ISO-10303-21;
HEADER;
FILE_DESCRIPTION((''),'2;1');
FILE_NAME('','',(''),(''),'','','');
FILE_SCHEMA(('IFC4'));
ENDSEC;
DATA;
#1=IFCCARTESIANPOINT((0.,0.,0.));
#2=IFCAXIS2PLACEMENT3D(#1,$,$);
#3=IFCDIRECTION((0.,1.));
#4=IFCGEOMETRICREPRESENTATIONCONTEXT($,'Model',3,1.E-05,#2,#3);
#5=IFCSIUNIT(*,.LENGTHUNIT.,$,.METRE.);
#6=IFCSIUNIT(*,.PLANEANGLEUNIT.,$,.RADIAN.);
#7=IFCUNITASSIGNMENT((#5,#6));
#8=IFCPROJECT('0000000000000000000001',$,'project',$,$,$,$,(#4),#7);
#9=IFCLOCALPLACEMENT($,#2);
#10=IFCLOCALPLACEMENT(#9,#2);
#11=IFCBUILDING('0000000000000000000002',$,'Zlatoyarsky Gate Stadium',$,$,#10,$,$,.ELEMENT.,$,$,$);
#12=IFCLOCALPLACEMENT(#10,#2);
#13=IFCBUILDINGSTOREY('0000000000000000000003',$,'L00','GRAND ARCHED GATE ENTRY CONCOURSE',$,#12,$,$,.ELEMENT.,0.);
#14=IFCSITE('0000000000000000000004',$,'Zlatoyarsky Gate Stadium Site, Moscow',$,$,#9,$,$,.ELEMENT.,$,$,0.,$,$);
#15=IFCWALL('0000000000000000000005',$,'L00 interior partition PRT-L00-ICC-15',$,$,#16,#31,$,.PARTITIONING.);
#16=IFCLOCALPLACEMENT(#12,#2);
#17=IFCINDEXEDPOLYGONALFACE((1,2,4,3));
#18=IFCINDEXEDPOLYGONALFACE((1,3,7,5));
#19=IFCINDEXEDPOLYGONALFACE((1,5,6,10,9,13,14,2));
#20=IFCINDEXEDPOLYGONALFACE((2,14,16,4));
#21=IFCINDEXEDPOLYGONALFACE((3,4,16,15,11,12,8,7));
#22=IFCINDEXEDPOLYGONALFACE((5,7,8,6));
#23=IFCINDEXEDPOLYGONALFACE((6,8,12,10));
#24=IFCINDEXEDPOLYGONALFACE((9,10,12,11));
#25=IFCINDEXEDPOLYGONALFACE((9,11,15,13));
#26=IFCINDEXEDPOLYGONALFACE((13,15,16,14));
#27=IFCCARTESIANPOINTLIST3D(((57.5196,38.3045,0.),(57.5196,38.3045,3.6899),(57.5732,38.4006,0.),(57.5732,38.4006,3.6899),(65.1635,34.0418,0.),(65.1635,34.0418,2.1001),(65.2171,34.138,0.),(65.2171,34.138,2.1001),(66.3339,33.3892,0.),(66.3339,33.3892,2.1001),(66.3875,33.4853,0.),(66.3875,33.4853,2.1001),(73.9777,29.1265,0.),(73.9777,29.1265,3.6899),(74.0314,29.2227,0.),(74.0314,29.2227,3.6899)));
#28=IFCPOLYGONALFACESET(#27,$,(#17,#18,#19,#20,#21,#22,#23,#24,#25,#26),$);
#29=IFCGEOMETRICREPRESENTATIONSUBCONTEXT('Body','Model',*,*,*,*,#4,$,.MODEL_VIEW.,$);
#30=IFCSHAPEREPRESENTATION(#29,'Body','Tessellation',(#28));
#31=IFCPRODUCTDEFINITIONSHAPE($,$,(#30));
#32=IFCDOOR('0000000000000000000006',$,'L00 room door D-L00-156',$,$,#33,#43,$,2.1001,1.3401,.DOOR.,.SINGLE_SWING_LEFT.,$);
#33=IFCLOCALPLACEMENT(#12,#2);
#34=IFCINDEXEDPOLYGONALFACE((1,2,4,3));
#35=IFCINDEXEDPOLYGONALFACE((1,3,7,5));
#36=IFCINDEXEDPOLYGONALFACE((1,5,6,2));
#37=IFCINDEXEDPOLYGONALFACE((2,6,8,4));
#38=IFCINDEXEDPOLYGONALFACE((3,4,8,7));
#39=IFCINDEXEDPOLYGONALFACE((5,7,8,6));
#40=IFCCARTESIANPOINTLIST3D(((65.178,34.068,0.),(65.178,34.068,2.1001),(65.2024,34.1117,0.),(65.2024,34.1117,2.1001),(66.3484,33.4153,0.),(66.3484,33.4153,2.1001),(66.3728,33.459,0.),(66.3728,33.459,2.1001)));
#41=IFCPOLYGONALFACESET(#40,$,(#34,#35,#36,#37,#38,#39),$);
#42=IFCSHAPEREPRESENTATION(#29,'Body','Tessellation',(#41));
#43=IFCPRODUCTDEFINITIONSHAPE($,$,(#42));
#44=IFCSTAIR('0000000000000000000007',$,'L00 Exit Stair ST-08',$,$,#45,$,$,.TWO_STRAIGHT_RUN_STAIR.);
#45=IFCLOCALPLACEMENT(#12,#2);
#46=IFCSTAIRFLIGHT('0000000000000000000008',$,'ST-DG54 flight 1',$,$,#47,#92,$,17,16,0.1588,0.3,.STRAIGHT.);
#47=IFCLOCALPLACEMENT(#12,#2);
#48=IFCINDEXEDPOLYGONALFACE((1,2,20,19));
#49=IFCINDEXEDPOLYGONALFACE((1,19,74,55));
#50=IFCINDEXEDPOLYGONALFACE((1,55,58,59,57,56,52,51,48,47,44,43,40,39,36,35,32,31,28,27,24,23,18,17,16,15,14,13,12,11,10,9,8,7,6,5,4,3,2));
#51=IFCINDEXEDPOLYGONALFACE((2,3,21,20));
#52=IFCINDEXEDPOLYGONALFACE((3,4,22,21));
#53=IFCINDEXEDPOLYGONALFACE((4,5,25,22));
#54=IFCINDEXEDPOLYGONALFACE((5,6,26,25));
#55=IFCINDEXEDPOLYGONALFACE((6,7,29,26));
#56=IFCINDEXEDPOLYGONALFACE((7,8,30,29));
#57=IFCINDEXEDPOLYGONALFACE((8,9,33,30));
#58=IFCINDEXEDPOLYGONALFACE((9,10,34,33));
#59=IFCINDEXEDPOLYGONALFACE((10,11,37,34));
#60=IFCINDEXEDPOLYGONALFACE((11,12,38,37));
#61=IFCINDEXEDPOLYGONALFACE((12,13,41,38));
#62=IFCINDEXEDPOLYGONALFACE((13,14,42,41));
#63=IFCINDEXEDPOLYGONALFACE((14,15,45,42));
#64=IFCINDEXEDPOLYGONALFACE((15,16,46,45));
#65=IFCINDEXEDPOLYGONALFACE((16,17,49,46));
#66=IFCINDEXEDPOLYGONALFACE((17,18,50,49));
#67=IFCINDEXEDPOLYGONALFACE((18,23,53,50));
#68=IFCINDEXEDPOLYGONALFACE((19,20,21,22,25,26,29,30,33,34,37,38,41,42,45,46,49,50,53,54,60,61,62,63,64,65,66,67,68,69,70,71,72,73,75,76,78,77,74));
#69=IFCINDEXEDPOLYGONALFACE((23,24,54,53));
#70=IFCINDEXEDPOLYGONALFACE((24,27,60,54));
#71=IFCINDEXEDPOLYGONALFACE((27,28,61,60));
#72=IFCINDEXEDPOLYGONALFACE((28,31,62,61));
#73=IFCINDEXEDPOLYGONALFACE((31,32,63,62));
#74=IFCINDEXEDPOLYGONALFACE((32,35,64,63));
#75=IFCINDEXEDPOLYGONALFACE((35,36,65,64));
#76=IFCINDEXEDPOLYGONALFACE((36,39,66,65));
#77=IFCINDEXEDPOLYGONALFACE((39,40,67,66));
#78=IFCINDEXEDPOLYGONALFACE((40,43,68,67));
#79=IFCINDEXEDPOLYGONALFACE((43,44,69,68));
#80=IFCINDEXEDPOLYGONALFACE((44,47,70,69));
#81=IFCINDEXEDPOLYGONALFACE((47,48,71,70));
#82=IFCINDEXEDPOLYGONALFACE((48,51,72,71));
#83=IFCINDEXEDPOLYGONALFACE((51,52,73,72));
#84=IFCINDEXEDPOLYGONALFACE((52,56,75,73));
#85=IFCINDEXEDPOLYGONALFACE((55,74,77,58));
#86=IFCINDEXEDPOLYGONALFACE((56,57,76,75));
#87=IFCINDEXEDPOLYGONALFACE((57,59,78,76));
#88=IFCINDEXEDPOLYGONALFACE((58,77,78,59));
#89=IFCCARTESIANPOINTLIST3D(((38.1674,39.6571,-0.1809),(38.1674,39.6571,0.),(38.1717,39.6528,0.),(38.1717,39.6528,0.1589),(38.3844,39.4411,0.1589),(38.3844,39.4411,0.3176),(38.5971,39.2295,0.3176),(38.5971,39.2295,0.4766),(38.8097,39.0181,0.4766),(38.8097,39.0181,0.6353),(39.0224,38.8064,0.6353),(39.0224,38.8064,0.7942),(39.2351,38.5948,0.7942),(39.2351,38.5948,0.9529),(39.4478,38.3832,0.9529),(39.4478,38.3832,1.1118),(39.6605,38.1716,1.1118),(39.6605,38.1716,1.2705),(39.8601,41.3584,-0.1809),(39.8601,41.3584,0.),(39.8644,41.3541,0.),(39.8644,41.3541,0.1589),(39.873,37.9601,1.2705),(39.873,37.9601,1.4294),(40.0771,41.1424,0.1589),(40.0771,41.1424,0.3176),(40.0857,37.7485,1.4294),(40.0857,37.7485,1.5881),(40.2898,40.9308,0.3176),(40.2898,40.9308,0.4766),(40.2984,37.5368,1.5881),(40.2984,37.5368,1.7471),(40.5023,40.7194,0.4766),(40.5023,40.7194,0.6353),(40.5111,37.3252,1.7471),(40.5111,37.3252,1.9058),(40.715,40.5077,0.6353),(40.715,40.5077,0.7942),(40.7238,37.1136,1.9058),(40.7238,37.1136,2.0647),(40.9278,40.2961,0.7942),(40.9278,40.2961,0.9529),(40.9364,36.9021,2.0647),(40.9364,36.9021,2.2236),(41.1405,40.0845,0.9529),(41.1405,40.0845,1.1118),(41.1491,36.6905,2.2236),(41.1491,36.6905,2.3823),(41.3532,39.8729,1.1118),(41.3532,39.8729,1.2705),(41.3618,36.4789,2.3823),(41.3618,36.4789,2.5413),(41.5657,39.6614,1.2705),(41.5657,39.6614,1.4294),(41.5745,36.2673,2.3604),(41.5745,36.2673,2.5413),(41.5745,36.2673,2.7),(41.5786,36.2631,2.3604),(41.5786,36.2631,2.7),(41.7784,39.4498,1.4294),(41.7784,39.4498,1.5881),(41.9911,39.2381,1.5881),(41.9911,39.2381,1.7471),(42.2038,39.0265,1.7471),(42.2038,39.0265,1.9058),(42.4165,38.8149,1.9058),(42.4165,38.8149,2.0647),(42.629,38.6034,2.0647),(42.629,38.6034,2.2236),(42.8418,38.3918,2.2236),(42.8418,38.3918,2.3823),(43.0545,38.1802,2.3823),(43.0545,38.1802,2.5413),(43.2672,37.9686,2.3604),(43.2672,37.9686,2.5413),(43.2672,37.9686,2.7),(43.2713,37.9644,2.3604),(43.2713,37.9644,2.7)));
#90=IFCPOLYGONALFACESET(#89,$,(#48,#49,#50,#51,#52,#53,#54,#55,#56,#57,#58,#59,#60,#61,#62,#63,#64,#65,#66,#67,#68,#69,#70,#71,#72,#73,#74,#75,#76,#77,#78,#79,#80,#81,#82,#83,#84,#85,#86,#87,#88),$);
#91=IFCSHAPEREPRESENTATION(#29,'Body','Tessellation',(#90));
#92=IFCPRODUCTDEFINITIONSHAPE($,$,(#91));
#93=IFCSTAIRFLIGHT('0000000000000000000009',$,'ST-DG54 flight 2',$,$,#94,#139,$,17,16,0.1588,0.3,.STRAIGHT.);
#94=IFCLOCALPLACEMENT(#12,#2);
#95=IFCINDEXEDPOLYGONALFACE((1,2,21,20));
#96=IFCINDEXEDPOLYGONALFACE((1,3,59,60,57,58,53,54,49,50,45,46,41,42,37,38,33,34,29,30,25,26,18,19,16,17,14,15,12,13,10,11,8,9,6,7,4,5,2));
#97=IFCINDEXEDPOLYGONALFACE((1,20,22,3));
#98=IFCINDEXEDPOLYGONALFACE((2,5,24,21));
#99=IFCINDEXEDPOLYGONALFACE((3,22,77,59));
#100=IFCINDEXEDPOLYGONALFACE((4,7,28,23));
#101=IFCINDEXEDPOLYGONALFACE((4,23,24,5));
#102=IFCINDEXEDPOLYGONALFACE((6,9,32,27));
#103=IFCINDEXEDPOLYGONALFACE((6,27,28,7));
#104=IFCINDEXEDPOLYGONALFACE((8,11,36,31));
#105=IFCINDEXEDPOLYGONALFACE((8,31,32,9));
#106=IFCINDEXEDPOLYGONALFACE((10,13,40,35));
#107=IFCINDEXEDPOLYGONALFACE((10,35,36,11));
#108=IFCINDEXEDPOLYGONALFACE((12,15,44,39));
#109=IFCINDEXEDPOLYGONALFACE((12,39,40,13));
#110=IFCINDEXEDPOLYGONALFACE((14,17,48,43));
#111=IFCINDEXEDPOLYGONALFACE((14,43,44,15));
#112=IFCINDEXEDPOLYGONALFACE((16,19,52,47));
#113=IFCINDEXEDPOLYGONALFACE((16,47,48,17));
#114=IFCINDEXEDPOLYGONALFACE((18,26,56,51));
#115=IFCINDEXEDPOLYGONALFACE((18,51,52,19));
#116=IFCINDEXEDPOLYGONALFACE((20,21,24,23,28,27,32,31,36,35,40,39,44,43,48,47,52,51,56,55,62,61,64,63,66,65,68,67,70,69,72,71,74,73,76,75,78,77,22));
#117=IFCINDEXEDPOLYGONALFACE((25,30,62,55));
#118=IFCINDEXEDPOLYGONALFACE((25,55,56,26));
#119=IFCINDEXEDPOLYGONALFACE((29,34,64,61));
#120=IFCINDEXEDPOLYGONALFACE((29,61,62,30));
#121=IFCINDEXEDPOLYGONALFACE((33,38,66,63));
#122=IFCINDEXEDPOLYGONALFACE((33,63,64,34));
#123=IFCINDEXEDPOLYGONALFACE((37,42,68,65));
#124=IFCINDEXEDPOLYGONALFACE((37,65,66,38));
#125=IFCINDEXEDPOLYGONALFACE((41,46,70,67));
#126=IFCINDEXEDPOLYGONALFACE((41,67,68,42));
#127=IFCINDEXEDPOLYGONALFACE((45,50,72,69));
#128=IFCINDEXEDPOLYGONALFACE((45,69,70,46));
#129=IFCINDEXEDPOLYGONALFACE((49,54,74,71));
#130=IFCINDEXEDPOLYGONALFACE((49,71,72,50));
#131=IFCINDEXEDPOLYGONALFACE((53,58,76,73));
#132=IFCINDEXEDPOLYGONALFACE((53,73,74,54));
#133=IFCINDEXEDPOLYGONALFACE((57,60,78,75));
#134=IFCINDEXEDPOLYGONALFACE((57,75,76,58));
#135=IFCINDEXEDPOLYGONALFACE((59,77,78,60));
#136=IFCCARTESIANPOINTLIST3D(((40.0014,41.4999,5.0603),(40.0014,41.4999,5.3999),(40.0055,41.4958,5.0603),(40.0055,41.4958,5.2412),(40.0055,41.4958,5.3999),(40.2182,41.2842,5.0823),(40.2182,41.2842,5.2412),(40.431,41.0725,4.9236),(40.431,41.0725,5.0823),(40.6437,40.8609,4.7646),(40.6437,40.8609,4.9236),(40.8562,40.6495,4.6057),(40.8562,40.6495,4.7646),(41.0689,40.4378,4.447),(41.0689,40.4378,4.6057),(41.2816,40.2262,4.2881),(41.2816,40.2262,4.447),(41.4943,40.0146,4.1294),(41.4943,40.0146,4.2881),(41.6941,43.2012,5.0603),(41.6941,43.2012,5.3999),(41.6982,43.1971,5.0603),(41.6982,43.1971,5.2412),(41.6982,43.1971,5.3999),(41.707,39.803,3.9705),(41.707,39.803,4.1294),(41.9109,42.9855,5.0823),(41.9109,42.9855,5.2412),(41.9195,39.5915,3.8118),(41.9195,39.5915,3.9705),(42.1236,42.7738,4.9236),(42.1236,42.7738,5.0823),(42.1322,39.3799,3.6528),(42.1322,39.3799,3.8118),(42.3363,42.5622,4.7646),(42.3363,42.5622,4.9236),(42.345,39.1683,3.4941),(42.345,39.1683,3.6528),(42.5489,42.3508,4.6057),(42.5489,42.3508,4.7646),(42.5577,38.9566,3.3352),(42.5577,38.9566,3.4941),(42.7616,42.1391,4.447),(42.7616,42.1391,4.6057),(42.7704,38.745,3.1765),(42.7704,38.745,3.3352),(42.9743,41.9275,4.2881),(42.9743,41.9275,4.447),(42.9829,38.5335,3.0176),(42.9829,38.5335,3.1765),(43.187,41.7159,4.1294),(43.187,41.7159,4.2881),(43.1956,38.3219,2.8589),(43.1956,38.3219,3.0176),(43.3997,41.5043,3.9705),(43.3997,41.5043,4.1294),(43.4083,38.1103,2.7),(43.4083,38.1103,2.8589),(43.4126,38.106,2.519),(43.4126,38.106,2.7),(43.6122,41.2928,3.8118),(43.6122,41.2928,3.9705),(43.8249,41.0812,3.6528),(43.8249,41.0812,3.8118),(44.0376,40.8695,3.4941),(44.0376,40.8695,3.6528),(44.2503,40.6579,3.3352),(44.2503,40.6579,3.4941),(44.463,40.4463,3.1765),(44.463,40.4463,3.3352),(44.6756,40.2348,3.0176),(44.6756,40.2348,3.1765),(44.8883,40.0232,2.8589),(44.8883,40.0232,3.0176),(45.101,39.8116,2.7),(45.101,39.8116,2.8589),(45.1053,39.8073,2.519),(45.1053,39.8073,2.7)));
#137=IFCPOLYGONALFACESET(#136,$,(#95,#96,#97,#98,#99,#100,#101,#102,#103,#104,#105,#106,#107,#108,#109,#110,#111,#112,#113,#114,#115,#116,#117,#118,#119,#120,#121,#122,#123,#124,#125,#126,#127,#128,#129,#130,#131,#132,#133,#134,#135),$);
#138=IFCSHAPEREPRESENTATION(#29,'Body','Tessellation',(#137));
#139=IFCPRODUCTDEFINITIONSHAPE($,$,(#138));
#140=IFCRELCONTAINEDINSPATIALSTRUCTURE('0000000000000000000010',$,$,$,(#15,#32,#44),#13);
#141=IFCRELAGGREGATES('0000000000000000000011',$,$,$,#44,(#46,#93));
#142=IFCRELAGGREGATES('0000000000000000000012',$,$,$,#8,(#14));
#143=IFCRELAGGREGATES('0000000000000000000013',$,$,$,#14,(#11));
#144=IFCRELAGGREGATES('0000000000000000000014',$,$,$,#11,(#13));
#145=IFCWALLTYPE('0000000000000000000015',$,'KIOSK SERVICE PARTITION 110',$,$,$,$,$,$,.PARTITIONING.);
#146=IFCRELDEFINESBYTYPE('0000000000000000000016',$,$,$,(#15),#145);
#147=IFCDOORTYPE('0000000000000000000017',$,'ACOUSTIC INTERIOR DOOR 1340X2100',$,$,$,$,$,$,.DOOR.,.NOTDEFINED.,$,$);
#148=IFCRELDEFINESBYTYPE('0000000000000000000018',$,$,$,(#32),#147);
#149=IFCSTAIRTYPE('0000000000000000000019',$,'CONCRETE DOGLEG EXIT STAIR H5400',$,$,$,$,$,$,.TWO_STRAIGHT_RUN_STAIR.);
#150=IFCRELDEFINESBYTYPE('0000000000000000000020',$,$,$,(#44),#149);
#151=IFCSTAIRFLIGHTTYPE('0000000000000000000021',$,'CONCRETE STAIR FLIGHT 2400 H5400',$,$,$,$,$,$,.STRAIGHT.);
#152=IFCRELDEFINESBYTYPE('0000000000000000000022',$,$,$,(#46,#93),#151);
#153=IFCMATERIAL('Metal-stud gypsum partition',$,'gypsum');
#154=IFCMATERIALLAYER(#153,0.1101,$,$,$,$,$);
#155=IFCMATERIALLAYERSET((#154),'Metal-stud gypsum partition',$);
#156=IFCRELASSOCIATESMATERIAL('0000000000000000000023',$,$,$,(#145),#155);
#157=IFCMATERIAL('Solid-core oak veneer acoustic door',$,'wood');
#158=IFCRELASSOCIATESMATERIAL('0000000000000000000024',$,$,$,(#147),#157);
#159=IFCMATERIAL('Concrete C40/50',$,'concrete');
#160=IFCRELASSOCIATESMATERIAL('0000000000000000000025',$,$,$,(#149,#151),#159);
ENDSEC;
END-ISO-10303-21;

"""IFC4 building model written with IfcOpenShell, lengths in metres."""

from ifc_helpers import new_model, si_unit, direction, frame, frame_2d, origin, place, context, subcontext, project, spatial, polyline, rectangle, outline, extrude, material, layer, layer_set, type_object, element, fill, aggregate, save


model = new_model("IFC4")

# Units and contexts
model_context = context("Model", 3, precision=1e-05, world=origin(), true_north=direction((0.0, 1.0)))
body_context = subcontext(model_context, "Body", "Model", "MODEL_VIEW")
ifc_project = project(units=[si_unit("LENGTHUNIT", "METRE"), si_unit("PLANEANGLEUNIT", "RADIAN")], contexts=[model_context])

# Site, building, storey
site_placement = place(None, origin())
site = spatial("IfcSite", under=ifc_project, at=site_placement, Name="Zlatoyarsky Gate Stadium Site, Moscow", CompositionType="ELEMENT", RefElevation=0.0)
building_placement = place(site_placement, origin())
building = spatial("IfcBuilding", under=site, at=building_placement, Name="Zlatoyarsky Gate Stadium", CompositionType="ELEMENT")
storey_placement = place(building_placement, origin())
storey = spatial("IfcBuildingStorey", under=building, at=storey_placement, Name="L00", Description="GRAND ARCHED GATE ENTRY CONCOURSE", CompositionType="ELEMENT", Elevation=0.0)

# Shared definitions
ifc_material_1 = material(Name="Concrete C40/50", Category="concrete")

# Wall, opening, door
ifc_material_2 = material(Name="Metal-stud gypsum partition", Category="gypsum")
ifc_layer_1 = layer(ifc_material_2, 0.1101)
ifc_layer_set_1 = layer_set([ifc_layer_1], Name="Metal-stud gypsum partition")
wall_type_1 = type_object("IfcWallType", Name="KIOSK SERVICE PARTITION 110", PredefinedType="PARTITIONING", material=ifc_layer_set_1)
wall_1_placement = place(storey_placement, frame((57.5464, 38.3525, 0.0), z_axis=(0.0, 0.0, 1.0), x_axis=(0.873379, -0.487042, 0.0)))
wall_1 = element("IfcWall", 1, at=wall_1_placement, inside=storey, type_object=wall_type_1, Name="L00 interior partition PRT-L00-ICC-15", PredefinedType="PARTITIONING", context=body_context, shape_type="SweptSolid", body=[
    extrude(rectangle(XDim=18.8442, YDim=0.1101, at=frame_2d((9.4221, 0.0))), origin(), (0.0, 0.0, 1.0), 3.6899),
])
opening_placement = place(wall_1_placement, frame((8.7522, 0.0, 0.0)))
opening = element("IfcOpeningElement", 2, at=opening_placement, cuts=wall_1, PredefinedType="OPENING", context=body_context, shape_type="SweptSolid", body=[
    extrude(rectangle(XDim=1.3401, YDim=2.1001, at=frame_2d((0.6699, 1.05))), frame((0.0, 0.0649, 0.0), z_axis=(0.0, -1.0, 0.0), x_axis=(1.0, 0.0, 0.0)), (0.0, 0.0, 1.0), 0.1301),
])
ifc_material_3 = material(Name="Solid-core oak veneer acoustic door", Category="wood")
door_type = type_object("IfcDoorType", Name="ACOUSTIC INTERIOR DOOR 1340X2100", OperationType="NOTDEFINED", PredefinedType="DOOR", material=ifc_material_3)
door_placement = place(opening_placement, origin())
door = element("IfcDoor", 3, at=door_placement, inside=storey, type_object=door_type, Name="L00 room door D-L00-156", OperationType="SINGLE_SWING_LEFT", OverallHeight=2.1001, OverallWidth=1.3401, PredefinedType="DOOR", context=body_context, shape_type="SweptSolid", body=[
    extrude(rectangle(XDim=1.3401, YDim=2.1001, at=frame_2d((0.6699, 1.05))), frame((0.0, 0.0249, 0.0), z_axis=(0.0, -1.0, 0.0), x_axis=(1.0, 0.0, 0.0)), (0.0, 0.0, 1.0), 0.05),
])
fill(opening, door)

# Stair, stair flights
stair_type = type_object("IfcStairType", Name="CONCRETE DOGLEG EXIT STAIR H5400", PredefinedType="TWO_STRAIGHT_RUN_STAIR", material=ifc_material_1)
stair_placement = place(storey_placement, origin())
stair = element("IfcStair", 4, at=stair_placement, inside=storey, type_object=stair_type, Name="L00 Exit Stair ST-08", PredefinedType="TWO_STRAIGHT_RUN_STAIR")
stair_flight_type = type_object("IfcStairFlightType", Name="CONCRETE STAIR FLIGHT 2400 H5400", PredefinedType="STRAIGHT", material=ifc_material_1)
stair_flight_1_placement = place(storey_placement, frame((39.0181, 40.5034, 0.0), z_axis=(0.0, 0.0, 1.0), x_axis=(0.708901, -0.705308, 0.0)))
stair_flight_1 = element("IfcStairFlight", 5, at=stair_flight_1_placement, type_object=stair_flight_type, Name="ST-DG54 flight 1", NumberOfRisers=17, NumberOfTreads=16, PredefinedType="STRAIGHT", RiserHeight=0.1588, TreadLength=0.3, context=body_context, shape_type="SweptSolid", body=[
    extrude(outline(polyline([(-0.0061, -0.1809), (-0.0061, 0.0), (0.0, 0.0), (0.0, 0.1589), (0.3, 0.1589), (0.3, 0.3176), (0.6001, 0.3176), (0.6001, 0.4766), (0.8999, 0.4766), (0.8999, 0.6353), (1.2, 0.6353), (1.2, 0.7942), (1.5, 0.7942), (1.5, 0.9529), (1.8, 0.9529), (1.8, 1.1118), (2.1001, 1.1118), (2.1001, 1.2705), (2.3999, 1.2705), (2.3999, 1.4294), (2.7, 1.4294), (2.7, 1.5881), (3.0, 1.5881), (3.0, 1.7471), (3.3, 1.7471), (3.3, 1.9058), (3.6001, 1.9058), (3.6001, 2.0647), (3.8999, 2.0647), (3.8999, 2.2236), (4.2, 2.2236), (4.2, 2.3823), (4.5, 2.3823), (4.5, 2.5413), (4.8, 2.5413), (4.8, 2.7), (4.8059, 2.7), (4.8059, 2.3604), (4.8, 2.3604), (-0.0061, -0.1809)])), frame((0.0, 1.2, 0.0), z_axis=(0.0, -1.0, 0.0), x_axis=(1.0, 0.0, 0.0)), (0.0, 0.0, 1.0), 2.3999),
])
stair_flight_2_placement = place(storey_placement, frame((44.2546, 38.9609, 2.7), z_axis=(0.0, 0.0, 1.0), x_axis=(-0.708901, 0.705308, 0.0)))
stair_flight_2 = element("IfcStairFlight", 6, at=stair_flight_2_placement, type_object=stair_flight_type, Name="ST-DG54 flight 2", NumberOfRisers=17, NumberOfTreads=16, PredefinedType="STRAIGHT", RiserHeight=0.1588, TreadLength=0.3, context=body_context, shape_type="SweptSolid", body=[
    extrude(outline(polyline([(-0.0061, -0.1809), (-0.0061, 0.0), (0.0, 0.0), (0.0, 0.1589), (0.3, 0.1589), (0.3, 0.3176), (0.6001, 0.3176), (0.6001, 0.4766), (0.8999, 0.4766), (0.8999, 0.6353), (1.2, 0.6353), (1.2, 0.7942), (1.5, 0.7942), (1.5, 0.9529), (1.8, 0.9529), (1.8, 1.1118), (2.1001, 1.1118), (2.1001, 1.2705), (2.3999, 1.2705), (2.3999, 1.4294), (2.7, 1.4294), (2.7, 1.5881), (3.0, 1.5881), (3.0, 1.7471), (3.3, 1.7471), (3.3, 1.9058), (3.6001, 1.9058), (3.6001, 2.0647), (3.8999, 2.0647), (3.8999, 2.2236), (4.2, 2.2236), (4.2, 2.3823), (4.5, 2.3823), (4.5, 2.5413), (4.8, 2.5413), (4.8, 2.7), (4.8059, 2.7), (4.8059, 2.3604), (4.8, 2.3604), (-0.0061, -0.1809)])), frame((0.0, 1.2, 0.0), z_axis=(0.0, -1.0, 0.0), x_axis=(1.0, 0.0, 0.0)), (0.0, 0.0, 1.0), 2.3999),
])
aggregate(stair, [stair_flight_1, stair_flight_2])

save(model, "model.ifc")
